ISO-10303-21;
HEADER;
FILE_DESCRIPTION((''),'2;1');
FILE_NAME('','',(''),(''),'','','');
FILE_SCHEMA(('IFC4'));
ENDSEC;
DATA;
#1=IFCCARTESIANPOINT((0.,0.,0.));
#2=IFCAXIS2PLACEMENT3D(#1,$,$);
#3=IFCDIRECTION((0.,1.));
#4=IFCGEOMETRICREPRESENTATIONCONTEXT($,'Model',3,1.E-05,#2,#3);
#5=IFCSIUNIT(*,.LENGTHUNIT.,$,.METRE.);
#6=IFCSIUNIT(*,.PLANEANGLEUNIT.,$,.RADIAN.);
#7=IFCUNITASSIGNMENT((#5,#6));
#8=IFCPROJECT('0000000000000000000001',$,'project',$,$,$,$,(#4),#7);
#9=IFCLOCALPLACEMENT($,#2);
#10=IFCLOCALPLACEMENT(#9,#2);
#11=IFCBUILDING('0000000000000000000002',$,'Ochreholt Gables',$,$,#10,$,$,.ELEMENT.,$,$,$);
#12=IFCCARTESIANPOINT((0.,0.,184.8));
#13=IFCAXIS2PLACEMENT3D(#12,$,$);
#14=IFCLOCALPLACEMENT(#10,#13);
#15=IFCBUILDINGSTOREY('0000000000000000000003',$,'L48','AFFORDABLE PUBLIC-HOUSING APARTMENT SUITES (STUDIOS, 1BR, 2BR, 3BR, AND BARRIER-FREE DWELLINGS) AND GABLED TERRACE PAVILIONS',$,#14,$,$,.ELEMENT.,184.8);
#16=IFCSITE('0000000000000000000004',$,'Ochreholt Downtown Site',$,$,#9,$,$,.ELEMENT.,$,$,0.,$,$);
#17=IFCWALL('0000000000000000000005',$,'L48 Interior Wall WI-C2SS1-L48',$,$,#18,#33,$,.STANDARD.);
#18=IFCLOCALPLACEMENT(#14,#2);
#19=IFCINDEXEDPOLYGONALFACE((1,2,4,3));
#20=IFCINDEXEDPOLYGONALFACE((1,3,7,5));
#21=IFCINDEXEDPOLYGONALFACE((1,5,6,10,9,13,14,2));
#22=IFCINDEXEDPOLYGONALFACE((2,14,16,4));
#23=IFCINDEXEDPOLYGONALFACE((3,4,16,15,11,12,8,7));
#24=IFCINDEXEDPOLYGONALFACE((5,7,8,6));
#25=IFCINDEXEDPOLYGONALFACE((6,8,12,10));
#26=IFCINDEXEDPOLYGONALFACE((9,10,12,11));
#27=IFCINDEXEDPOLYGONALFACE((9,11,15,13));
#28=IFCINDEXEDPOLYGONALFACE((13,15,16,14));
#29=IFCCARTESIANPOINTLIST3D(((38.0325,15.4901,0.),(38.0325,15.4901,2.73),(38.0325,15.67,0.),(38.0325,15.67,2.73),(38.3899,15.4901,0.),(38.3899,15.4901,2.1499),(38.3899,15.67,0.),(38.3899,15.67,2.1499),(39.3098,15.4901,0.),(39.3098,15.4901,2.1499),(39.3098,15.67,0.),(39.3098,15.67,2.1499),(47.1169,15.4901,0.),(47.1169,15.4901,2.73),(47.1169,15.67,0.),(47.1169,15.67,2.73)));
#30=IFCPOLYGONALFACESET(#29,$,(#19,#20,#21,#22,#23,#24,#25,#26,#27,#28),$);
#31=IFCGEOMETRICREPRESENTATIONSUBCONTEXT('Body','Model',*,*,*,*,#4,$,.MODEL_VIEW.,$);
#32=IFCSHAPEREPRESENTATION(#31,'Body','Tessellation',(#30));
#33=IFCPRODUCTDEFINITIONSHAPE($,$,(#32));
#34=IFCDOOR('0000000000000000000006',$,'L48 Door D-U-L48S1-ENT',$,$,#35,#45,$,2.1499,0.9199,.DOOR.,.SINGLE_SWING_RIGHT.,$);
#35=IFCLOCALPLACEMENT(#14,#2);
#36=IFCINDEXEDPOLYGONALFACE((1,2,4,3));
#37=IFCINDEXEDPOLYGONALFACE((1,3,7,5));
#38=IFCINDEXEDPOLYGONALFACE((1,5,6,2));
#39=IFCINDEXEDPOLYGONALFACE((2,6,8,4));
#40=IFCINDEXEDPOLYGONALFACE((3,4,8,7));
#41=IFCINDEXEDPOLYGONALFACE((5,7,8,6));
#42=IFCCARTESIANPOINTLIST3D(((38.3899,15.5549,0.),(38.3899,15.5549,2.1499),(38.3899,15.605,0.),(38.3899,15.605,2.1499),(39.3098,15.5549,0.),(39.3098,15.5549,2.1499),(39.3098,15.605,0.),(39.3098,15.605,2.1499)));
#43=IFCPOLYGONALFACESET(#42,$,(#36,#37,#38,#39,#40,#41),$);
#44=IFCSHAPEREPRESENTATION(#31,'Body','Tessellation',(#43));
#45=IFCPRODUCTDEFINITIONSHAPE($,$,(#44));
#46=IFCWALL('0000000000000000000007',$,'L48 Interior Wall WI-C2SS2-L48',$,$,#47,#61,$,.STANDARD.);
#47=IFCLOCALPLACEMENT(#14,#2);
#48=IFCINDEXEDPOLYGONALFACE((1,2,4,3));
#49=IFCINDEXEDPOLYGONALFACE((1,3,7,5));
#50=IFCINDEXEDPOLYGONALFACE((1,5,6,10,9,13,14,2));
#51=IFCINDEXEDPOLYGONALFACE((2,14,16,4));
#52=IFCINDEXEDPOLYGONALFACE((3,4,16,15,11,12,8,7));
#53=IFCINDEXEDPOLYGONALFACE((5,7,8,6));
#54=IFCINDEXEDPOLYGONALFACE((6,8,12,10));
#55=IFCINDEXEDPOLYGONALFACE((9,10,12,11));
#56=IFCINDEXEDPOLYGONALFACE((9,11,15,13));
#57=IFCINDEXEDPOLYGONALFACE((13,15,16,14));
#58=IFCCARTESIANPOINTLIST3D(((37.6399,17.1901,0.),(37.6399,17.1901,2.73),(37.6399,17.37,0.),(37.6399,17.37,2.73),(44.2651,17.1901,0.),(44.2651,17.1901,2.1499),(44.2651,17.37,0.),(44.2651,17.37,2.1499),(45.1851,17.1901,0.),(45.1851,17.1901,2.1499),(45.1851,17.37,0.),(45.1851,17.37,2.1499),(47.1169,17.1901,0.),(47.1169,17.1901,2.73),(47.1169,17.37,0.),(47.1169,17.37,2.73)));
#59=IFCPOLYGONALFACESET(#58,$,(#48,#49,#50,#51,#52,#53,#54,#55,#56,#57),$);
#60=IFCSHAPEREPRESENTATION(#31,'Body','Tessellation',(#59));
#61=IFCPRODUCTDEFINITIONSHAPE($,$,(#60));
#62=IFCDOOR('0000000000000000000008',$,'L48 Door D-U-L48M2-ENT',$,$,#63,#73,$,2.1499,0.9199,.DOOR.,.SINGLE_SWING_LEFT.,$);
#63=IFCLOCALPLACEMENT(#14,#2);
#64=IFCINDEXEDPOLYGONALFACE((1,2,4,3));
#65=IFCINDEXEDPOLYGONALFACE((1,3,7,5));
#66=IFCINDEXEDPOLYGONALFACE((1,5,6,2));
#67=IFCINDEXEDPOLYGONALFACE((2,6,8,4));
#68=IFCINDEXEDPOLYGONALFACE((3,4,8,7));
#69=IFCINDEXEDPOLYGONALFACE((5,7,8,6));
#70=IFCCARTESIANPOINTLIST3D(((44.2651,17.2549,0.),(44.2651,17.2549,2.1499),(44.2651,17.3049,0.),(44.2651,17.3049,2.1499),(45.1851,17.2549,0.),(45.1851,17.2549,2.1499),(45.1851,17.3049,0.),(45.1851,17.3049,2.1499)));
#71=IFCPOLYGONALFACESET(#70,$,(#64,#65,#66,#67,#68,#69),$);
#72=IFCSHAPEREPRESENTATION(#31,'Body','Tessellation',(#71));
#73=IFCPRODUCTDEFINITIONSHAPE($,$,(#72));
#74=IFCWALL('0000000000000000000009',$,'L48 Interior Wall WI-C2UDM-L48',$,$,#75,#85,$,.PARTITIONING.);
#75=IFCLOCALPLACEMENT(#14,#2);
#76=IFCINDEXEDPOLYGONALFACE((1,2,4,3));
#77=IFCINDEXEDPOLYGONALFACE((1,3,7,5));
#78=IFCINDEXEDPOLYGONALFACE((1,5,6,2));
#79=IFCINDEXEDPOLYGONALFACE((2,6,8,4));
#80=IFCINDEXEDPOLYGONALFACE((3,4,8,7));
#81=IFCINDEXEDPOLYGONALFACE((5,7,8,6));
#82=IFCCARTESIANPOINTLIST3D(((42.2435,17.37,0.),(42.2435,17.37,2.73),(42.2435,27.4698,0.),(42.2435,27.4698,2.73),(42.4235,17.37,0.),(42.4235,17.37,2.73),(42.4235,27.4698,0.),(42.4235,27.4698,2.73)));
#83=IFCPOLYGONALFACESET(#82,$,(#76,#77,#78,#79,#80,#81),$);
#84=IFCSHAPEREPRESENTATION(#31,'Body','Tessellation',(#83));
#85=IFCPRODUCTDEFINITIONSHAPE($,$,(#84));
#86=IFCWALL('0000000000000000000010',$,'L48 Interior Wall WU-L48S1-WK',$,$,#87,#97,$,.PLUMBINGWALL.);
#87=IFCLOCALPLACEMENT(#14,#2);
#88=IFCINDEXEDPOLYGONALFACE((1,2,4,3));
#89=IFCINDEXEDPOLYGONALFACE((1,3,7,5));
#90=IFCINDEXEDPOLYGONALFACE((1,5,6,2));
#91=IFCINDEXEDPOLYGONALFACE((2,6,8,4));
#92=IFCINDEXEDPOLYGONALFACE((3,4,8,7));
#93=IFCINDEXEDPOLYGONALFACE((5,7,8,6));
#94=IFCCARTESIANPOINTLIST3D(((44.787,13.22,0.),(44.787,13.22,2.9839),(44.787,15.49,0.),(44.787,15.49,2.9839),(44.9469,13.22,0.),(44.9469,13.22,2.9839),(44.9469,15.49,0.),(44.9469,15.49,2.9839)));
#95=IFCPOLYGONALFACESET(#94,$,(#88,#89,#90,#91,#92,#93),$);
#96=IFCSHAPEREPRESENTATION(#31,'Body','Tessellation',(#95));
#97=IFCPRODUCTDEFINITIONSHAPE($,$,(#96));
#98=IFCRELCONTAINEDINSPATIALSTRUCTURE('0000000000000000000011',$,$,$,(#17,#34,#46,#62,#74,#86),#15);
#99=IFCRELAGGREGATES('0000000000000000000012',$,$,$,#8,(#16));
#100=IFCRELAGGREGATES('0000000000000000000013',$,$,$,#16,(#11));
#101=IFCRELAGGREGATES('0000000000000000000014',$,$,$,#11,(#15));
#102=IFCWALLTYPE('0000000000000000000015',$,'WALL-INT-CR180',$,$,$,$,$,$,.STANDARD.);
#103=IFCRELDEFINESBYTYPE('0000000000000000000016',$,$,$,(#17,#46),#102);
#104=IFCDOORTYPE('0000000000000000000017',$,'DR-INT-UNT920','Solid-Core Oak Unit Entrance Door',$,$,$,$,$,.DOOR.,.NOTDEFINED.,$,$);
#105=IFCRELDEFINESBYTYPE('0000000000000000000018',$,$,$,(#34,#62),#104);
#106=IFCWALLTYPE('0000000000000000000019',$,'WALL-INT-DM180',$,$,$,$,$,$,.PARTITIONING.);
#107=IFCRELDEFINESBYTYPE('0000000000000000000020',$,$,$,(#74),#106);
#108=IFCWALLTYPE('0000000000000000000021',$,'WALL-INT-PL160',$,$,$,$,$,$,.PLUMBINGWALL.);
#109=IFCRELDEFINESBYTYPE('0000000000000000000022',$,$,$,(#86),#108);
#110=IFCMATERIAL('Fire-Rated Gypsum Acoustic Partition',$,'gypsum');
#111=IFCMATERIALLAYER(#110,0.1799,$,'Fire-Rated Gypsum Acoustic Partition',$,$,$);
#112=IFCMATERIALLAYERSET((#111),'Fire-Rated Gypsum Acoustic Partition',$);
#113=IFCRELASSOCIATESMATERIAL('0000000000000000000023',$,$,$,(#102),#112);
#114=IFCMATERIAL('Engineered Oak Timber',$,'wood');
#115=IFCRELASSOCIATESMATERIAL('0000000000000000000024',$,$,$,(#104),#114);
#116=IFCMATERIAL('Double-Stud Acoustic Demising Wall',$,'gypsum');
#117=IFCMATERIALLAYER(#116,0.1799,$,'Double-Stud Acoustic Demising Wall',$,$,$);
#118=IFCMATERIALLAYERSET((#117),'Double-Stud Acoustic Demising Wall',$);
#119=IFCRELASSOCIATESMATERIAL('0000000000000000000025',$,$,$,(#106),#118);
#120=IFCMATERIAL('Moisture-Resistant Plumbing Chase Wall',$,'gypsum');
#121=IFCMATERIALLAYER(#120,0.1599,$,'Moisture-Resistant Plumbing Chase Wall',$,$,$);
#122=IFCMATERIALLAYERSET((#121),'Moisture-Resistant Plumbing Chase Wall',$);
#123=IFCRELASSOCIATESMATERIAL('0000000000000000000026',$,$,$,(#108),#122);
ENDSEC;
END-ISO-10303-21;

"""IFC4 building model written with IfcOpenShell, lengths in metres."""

from ifc_helpers import new_model, si_unit, direction, frame, frame_2d, origin, place, context, subcontext, project, spatial, rectangle, extrude, material, layer, layer_set, type_object, element, fill, save


model = new_model("IFC4")

# Units and contexts
model_context = context("Model", 3, precision=1e-05, world=origin(), true_north=direction((0.0, 1.0)))
body_context = subcontext(model_context, "Body", "Model", "MODEL_VIEW")
ifc_project = project(units=[si_unit("LENGTHUNIT", "METRE"), si_unit("PLANEANGLEUNIT", "RADIAN")], contexts=[model_context])

# Site, building, storey
site_placement = place(None, origin())
site = spatial("IfcSite", under=ifc_project, at=site_placement, Name="Ochreholt Downtown Site", CompositionType="ELEMENT", RefElevation=0.0)
building_placement = place(site_placement, origin())
building = spatial("IfcBuilding", under=site, at=building_placement, Name="Ochreholt Gables", CompositionType="ELEMENT")
storey_placement = place(building_placement, frame((0.0, 0.0, 184.8)))
storey = spatial("IfcBuildingStorey", under=building, at=storey_placement, Name="L48", Description="AFFORDABLE PUBLIC-HOUSING APARTMENT SUITES (STUDIOS, 1BR, 2BR, 3BR, AND BARRIER-FREE DWELLINGS) AND GABLED TERRACE PAVILIONS", CompositionType="ELEMENT", Elevation=184.8)

# Shared definitions
ifc_material_1 = material(Name="Fire-Rated Gypsum Acoustic Partition", Category="gypsum")
ifc_layer_1 = layer(ifc_material_1, 0.1799, Name="Fire-Rated Gypsum Acoustic Partition")
ifc_layer_set_1 = layer_set([ifc_layer_1], Name="Fire-Rated Gypsum Acoustic Partition")
wall_type_1 = type_object("IfcWallType", Name="WALL-INT-CR180", PredefinedType="STANDARD", material=ifc_layer_set_1)
ifc_material_2 = material(Name="Engineered Oak Timber", Category="wood")

# Walls, openings, doors
wall_1_placement = place(storey_placement, frame((38.0325, 15.5801, 0.0), z_axis=(0.0, 0.0, 1.0), x_axis=(1.0, 0.0, 0.0)))
wall_1 = element("IfcWall", 1, at=wall_1_placement, inside=storey, type_object=wall_type_1, Name="L48 Interior Wall WI-C2SS1-L48", PredefinedType="STANDARD", context=body_context, shape_type="SweptSolid", body=[
    extrude(rectangle(XDim=9.0845, YDim=0.1799, at=frame_2d((4.5422, 0.0))), origin(), (0.0, 0.0, 1.0), 2.73),
])
opening_1_placement = place(wall_1_placement, frame((0.3574, 0.0, 0.0)))
opening_1 = element("IfcOpeningElement", 2, at=opening_1_placement, cuts=wall_1, PredefinedType="OPENING", context=body_context, shape_type="SweptSolid", body=[
    extrude(rectangle(XDim=0.9199, YDim=2.1499, at=frame_2d((0.46, 1.075))), frame((0.0, 0.0999, 0.0), z_axis=(0.0, -1.0, 0.0), x_axis=(1.0, 0.0, 0.0)), (0.0, 0.0, 1.0), 0.2),
])
door_type_1 = type_object("IfcDoorType", Name="DR-INT-UNT920", Description="Solid-Core Oak Unit Entrance Door", OperationType="NOTDEFINED", PredefinedType="DOOR", material=ifc_material_2)
door_1_placement = place(opening_1_placement, origin())
door_1 = element("IfcDoor", 3, at=door_1_placement, inside=storey, type_object=door_type_1, Name="L48 Door D-U-L48S1-ENT", OperationType="SINGLE_SWING_RIGHT", OverallHeight=2.1499, OverallWidth=0.9199, PredefinedType="DOOR", context=body_context, shape_type="SweptSolid", body=[
    extrude(rectangle(XDim=0.9199, YDim=2.1499, at=frame_2d((0.46, 1.075))), frame((0.0, 0.0249, 0.0), z_axis=(0.0, -1.0, 0.0), x_axis=(1.0, 0.0, 0.0)), (0.0, 0.0, 1.0), 0.05),
])
fill(opening_1, door_1)
wall_2_placement = place(storey_placement, frame((37.6399, 17.28, 0.0), z_axis=(0.0, 0.0, 1.0), x_axis=(1.0, 0.0, 0.0)))
wall_2 = element("IfcWall", 4, at=wall_2_placement, inside=storey, type_object=wall_type_1, Name="L48 Interior Wall WI-C2SS2-L48", PredefinedType="STANDARD", context=body_context, shape_type="SweptSolid", body=[
    extrude(rectangle(XDim=9.4771, YDim=0.1799, at=frame_2d((4.7385, 0.0))), origin(), (0.0, 0.0, 1.0), 2.73),
])
opening_2_placement = place(wall_2_placement, frame((6.6252, 0.0, 0.0)))
opening_2 = element("IfcOpeningElement", 5, at=opening_2_placement, cuts=wall_2, PredefinedType="OPENING", context=body_context, shape_type="SweptSolid", body=[
    extrude(rectangle(XDim=0.9199, YDim=2.1499, at=frame_2d((0.46, 1.075))), frame((0.0, 0.0999, 0.0), z_axis=(0.0, -1.0, 0.0), x_axis=(1.0, 0.0, 0.0)), (0.0, 0.0, 1.0), 0.2),
])
door_2_placement = place(opening_2_placement, origin())
door_2 = element("IfcDoor", 6, at=door_2_placement, inside=storey, type_object=door_type_1, Name="L48 Door D-U-L48M2-ENT", OperationType="SINGLE_SWING_LEFT", OverallHeight=2.1499, OverallWidth=0.9199, PredefinedType="DOOR", context=body_context, shape_type="SweptSolid", body=[
    extrude(rectangle(XDim=0.9199, YDim=2.1499, at=frame_2d((0.46, 1.075))), frame((0.0, 0.0249, 0.0), z_axis=(0.0, -1.0, 0.0), x_axis=(1.0, 0.0, 0.0)), (0.0, 0.0, 1.0), 0.05),
])
fill(opening_2, door_2)

# Walls
ifc_material_3 = material(Name="Double-Stud Acoustic Demising Wall", Category="gypsum")
ifc_layer_2 = layer(ifc_material_3, 0.1799, Name="Double-Stud Acoustic Demising Wall")
ifc_layer_set_2 = layer_set([ifc_layer_2], Name="Double-Stud Acoustic Demising Wall")
wall_type_2 = type_object("IfcWallType", Name="WALL-INT-DM180", PredefinedType="PARTITIONING", material=ifc_layer_set_2)
wall_3_placement = place(storey_placement, frame((42.3335, 17.3701, 0.0), z_axis=(0.0, 0.0, 1.0), x_axis=(0.0, 1.0, 0.0)))
element("IfcWall", 7, at=wall_3_placement, inside=storey, type_object=wall_type_2, Name="L48 Interior Wall WI-C2UDM-L48", PredefinedType="PARTITIONING", context=body_context, shape_type="SweptSolid", body=[
    extrude(rectangle(XDim=10.0999, YDim=0.1799, at=frame_2d((5.0498, 0.0))), origin(), (0.0, 0.0, 1.0), 2.73),
])
ifc_material_4 = material(Name="Moisture-Resistant Plumbing Chase Wall", Category="gypsum")
ifc_layer_3 = layer(ifc_material_4, 0.1599, Name="Moisture-Resistant Plumbing Chase Wall")
ifc_layer_set_3 = layer_set([ifc_layer_3], Name="Moisture-Resistant Plumbing Chase Wall")
wall_type_3 = type_object("IfcWallType", Name="WALL-INT-PL160", PredefinedType="PLUMBINGWALL", material=ifc_layer_set_3)
wall_4_placement = place(storey_placement, frame((44.8669, 13.22, 0.0), z_axis=(0.0, 0.0, 1.0), x_axis=(0.0, 1.0, 0.0)))
element("IfcWall", 8, at=wall_4_placement, inside=storey, type_object=wall_type_3, Name="L48 Interior Wall WU-L48S1-WK", PredefinedType="PLUMBINGWALL", context=body_context, shape_type="SweptSolid", body=[
    extrude(rectangle(XDim=2.27, YDim=0.1599, at=frame_2d((1.135, 0.0))), origin(), (0.0, 0.0, 1.0), 2.9839),
])

save(model, "model.ifc")
